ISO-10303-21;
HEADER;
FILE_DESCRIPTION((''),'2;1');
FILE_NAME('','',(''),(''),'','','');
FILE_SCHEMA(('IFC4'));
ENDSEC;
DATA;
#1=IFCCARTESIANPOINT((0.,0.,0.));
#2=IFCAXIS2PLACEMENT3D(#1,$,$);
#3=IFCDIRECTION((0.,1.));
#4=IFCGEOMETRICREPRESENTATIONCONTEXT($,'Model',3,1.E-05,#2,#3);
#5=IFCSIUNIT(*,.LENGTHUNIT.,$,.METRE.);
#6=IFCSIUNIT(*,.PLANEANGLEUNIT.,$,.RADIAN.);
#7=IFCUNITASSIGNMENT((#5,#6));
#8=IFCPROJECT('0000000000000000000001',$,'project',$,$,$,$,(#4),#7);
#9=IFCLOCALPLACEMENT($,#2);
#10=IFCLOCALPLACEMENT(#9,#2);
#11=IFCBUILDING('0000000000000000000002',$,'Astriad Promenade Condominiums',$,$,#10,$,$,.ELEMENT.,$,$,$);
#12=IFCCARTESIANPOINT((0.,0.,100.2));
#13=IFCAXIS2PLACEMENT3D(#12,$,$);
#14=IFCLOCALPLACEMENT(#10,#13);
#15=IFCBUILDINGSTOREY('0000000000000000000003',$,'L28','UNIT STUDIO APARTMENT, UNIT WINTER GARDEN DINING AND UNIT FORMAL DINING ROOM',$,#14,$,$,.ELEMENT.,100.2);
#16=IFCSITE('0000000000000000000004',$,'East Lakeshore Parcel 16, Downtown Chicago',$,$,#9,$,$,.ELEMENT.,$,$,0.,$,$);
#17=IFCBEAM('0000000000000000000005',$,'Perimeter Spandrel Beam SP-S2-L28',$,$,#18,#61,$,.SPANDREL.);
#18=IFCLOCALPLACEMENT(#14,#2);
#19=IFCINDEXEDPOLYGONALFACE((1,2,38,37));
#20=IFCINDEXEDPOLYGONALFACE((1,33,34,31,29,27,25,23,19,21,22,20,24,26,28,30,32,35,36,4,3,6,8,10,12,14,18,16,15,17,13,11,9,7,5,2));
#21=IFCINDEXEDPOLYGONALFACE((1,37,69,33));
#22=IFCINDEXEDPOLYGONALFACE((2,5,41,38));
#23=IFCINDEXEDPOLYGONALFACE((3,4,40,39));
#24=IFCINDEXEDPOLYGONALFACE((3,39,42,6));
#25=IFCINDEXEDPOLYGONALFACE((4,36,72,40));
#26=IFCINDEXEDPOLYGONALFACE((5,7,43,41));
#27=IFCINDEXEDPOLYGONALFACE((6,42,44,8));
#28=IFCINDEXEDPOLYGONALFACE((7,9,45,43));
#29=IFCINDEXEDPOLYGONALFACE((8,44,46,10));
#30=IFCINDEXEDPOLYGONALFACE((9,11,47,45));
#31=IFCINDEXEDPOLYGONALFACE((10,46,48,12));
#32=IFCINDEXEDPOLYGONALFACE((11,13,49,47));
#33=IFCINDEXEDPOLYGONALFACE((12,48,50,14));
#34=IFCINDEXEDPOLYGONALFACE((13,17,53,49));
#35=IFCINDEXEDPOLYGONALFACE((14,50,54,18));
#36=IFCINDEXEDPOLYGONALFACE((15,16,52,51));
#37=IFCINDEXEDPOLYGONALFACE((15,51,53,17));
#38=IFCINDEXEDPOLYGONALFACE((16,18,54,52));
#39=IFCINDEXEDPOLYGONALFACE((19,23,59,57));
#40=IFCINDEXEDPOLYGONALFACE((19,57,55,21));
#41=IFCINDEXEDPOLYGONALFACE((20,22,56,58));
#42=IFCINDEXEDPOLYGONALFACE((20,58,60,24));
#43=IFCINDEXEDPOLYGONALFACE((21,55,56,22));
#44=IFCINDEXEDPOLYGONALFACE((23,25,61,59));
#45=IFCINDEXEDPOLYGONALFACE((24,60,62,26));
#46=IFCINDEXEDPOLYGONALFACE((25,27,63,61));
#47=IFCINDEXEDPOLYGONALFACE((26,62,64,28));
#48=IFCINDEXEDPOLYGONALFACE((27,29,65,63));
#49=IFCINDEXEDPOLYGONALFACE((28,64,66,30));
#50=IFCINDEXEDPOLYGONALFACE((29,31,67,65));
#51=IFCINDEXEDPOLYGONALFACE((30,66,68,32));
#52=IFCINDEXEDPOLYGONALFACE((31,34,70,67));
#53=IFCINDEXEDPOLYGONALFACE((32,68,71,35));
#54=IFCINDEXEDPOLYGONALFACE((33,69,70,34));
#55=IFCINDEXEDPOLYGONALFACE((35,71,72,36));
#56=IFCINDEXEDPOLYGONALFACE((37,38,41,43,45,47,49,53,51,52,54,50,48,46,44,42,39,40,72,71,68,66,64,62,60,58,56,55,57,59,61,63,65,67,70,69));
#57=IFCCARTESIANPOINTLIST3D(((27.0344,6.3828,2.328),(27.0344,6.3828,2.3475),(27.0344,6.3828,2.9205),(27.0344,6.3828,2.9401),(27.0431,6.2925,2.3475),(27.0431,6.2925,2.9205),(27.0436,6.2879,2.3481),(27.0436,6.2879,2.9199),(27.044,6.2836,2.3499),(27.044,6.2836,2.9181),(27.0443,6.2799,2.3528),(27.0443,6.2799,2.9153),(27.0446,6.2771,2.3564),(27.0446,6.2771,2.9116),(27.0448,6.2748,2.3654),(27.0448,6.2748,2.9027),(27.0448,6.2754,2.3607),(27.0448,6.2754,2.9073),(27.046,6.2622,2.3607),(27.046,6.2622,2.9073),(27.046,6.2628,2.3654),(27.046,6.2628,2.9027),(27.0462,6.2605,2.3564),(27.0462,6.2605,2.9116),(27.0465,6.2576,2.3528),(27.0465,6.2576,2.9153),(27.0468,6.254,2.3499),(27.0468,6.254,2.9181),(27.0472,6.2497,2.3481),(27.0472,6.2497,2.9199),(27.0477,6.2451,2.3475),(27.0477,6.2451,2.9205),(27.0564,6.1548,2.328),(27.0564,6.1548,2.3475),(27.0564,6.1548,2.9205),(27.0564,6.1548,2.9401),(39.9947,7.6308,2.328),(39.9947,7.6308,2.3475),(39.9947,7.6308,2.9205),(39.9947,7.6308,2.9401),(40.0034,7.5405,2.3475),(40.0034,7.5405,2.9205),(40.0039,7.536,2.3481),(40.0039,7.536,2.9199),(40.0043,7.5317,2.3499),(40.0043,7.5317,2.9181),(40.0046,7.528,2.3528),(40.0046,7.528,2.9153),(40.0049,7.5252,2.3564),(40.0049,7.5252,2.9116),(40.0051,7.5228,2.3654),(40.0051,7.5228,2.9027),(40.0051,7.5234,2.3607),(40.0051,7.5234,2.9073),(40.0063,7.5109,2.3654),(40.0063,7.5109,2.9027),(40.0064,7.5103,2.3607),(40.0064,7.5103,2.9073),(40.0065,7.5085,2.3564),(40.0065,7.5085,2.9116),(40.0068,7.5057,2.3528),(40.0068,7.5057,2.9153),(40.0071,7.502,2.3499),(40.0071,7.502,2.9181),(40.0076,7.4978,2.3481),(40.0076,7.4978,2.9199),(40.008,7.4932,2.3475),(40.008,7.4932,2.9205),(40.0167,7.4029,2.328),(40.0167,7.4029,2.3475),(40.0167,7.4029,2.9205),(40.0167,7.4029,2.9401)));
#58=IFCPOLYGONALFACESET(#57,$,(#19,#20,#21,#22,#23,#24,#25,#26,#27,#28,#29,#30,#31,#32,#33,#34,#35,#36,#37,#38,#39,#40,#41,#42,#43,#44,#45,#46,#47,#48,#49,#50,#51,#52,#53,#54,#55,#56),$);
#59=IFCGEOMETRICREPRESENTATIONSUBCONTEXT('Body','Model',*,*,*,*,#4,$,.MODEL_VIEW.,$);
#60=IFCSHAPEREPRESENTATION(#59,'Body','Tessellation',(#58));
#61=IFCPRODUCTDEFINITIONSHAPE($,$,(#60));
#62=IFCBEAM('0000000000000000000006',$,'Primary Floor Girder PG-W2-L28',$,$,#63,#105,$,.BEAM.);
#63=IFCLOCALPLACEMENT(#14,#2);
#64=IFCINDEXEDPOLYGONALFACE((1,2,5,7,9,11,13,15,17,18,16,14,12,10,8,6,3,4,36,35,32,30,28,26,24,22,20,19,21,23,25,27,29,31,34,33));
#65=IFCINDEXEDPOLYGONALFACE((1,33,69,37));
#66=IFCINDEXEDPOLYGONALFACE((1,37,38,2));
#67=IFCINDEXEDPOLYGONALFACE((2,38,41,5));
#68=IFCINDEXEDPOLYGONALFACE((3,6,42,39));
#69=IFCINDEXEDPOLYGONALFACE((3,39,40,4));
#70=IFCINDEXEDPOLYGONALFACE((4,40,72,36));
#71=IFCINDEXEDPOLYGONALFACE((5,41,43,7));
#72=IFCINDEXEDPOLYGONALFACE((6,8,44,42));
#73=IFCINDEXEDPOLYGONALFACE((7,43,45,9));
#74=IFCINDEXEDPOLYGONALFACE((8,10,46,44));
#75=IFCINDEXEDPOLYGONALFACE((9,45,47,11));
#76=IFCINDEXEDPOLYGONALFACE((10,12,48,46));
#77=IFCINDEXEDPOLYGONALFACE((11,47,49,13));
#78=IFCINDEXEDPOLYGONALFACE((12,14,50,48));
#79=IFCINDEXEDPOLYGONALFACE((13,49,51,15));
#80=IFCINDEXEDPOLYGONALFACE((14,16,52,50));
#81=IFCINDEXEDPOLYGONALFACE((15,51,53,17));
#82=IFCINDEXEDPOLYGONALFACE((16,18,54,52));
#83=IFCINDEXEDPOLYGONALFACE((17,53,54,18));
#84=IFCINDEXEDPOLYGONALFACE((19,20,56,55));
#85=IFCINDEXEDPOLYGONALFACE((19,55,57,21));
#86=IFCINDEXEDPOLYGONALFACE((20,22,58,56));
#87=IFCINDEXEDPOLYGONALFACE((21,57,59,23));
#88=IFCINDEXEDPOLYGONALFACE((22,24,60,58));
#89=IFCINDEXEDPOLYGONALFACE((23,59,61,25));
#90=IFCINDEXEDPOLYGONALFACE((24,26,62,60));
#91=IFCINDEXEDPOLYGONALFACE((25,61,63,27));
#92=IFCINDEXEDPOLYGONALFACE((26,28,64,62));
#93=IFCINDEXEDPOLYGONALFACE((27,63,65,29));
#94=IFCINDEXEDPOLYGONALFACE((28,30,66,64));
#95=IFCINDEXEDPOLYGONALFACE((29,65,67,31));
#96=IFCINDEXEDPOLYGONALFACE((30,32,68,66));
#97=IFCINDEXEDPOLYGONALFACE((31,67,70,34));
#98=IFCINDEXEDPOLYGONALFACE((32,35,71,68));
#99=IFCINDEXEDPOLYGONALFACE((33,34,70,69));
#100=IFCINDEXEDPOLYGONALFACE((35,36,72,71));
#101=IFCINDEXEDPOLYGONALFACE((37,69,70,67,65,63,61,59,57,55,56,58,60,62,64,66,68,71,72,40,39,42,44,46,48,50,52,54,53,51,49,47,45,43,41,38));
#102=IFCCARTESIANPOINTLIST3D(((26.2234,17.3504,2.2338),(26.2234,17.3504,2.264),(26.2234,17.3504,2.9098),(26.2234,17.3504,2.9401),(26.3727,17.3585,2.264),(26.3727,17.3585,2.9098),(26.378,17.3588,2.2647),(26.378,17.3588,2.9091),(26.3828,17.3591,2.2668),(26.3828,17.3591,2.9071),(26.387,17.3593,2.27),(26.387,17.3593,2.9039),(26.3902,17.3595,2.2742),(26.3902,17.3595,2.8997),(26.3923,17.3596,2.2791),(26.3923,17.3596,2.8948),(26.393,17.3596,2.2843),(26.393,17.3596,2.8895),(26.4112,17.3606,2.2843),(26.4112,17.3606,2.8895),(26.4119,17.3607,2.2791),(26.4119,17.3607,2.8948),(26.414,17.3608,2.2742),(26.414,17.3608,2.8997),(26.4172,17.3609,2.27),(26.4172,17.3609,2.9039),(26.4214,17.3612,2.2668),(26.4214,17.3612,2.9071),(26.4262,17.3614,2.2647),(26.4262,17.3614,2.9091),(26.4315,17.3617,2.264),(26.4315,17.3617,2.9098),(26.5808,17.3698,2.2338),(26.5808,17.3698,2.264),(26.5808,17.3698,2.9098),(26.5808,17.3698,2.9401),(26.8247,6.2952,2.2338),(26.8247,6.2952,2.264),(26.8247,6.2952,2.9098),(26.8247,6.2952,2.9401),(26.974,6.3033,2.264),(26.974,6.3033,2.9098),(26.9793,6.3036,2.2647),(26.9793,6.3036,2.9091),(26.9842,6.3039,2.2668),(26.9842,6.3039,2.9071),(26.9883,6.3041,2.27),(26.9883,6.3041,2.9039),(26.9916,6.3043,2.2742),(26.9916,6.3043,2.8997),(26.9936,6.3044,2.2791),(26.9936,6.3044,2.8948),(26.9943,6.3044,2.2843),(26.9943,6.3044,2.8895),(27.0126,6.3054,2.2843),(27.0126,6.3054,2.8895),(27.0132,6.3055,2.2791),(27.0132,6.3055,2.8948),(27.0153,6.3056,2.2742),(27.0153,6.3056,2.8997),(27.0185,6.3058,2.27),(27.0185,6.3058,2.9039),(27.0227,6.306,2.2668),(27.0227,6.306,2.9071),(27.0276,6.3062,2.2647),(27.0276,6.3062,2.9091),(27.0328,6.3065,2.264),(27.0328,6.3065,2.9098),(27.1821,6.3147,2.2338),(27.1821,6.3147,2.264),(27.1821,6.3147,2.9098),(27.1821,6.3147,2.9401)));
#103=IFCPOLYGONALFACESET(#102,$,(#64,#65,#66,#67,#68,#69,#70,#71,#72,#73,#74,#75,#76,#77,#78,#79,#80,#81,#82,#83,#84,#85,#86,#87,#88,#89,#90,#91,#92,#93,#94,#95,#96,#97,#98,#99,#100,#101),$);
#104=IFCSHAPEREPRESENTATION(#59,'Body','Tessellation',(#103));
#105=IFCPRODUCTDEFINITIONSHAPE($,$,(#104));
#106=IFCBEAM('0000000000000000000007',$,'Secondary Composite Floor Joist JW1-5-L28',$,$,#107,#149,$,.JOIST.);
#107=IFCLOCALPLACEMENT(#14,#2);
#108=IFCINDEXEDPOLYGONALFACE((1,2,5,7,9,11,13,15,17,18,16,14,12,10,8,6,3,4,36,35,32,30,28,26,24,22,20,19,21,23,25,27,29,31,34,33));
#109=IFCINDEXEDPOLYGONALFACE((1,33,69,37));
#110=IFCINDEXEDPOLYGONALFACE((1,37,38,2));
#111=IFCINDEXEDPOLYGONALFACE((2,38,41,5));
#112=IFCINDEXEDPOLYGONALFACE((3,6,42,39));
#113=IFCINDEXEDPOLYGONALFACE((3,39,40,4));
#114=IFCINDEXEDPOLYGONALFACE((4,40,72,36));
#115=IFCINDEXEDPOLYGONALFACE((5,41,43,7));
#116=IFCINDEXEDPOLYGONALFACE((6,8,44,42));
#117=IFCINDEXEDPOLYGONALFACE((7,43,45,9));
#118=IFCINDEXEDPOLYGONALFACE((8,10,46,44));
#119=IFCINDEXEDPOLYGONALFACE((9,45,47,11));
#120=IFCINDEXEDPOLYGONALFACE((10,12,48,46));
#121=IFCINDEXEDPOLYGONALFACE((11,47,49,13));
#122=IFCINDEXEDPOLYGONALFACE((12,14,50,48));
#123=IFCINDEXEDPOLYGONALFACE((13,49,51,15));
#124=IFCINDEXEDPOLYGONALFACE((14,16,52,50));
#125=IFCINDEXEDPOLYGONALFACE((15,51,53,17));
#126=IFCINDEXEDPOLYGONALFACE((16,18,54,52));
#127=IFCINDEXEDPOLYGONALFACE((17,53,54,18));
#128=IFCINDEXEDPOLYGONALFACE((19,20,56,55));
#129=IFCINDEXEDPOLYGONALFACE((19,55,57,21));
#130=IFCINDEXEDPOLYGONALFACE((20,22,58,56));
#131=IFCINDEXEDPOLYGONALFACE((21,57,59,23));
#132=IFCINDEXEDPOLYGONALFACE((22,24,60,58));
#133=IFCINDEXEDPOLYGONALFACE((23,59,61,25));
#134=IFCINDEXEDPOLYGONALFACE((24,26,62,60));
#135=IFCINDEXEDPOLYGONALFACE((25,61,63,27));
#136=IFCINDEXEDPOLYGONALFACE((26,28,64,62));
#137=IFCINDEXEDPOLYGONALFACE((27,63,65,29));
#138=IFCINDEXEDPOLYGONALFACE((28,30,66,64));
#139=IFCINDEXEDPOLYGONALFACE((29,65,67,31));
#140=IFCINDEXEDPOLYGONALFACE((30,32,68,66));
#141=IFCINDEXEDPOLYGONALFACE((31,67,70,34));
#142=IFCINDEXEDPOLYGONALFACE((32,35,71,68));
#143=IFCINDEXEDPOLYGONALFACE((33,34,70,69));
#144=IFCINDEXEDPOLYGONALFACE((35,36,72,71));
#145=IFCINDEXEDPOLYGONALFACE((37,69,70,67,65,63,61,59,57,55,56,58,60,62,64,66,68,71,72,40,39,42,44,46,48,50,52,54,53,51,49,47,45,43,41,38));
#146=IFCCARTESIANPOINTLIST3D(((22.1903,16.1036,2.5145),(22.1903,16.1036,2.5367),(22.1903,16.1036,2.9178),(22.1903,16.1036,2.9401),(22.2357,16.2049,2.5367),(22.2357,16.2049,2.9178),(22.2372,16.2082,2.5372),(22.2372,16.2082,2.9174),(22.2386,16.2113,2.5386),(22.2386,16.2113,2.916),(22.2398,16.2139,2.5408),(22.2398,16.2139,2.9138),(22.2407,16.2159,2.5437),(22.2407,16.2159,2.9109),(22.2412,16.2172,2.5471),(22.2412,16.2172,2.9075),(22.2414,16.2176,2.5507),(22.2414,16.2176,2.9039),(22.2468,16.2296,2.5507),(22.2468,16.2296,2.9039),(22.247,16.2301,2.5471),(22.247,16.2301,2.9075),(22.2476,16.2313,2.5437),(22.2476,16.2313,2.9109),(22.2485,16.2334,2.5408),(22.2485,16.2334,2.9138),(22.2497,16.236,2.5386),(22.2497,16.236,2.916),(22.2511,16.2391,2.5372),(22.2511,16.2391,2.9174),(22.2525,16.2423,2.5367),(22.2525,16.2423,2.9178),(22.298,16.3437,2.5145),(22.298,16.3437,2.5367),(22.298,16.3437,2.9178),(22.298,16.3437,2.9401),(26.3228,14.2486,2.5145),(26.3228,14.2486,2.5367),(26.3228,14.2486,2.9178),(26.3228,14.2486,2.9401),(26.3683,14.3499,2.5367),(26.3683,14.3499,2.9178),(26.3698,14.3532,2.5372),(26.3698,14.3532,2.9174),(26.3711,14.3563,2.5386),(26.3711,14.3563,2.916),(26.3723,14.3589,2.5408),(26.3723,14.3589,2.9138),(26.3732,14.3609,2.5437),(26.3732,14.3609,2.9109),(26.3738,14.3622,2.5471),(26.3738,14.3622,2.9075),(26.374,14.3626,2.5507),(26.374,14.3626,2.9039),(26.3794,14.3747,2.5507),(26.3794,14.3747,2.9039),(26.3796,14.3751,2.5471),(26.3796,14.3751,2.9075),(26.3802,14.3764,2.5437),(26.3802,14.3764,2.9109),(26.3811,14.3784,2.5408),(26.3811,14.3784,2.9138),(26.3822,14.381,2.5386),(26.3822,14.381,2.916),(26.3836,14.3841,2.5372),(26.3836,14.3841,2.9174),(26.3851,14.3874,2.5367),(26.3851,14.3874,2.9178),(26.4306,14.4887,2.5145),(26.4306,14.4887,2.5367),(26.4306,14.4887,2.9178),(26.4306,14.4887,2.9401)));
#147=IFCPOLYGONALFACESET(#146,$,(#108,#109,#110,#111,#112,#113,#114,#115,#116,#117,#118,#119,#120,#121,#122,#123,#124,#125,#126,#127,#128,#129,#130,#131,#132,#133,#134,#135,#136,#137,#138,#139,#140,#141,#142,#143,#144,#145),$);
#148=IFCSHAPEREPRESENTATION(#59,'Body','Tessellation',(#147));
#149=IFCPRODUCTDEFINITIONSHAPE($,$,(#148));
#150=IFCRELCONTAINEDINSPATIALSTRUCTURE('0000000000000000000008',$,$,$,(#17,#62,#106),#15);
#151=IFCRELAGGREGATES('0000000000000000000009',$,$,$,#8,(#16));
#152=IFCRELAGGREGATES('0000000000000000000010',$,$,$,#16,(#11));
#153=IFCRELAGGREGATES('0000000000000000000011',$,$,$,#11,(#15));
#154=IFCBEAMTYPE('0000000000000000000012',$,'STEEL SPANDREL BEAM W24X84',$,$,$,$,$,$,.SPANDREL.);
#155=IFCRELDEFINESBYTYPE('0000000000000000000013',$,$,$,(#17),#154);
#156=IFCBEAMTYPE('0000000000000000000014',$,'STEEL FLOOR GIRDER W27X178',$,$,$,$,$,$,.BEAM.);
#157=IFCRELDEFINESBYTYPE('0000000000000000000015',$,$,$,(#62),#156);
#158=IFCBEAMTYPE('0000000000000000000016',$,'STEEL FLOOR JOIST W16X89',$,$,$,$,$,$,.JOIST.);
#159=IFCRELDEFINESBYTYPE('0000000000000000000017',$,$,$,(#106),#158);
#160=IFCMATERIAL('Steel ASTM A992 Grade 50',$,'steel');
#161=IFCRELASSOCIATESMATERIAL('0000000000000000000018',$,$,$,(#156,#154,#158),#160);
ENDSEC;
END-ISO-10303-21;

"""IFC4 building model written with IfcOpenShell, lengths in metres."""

from ifc_helpers import new_model, si_unit, direction, frame, origin, origin_2d, place, context, subcontext, project, spatial, i_section, extrude, source, transform, mapped, material, material_profile, profile_set, type_object, type_shapes, element, save


model = new_model("IFC4")

# Units and contexts
model_context = context("Model", 3, precision=1e-05, world=origin(), true_north=direction((0.0, 1.0)))
body_context = subcontext(model_context, "Body", "Model", "MODEL_VIEW")
ifc_project = project(units=[si_unit("LENGTHUNIT", "METRE"), si_unit("PLANEANGLEUNIT", "RADIAN")], contexts=[model_context])

# Site, building, storey
site_placement = place(None, origin())
site = spatial("IfcSite", under=ifc_project, at=site_placement, Name="East Lakeshore Parcel 16, Downtown Chicago", CompositionType="ELEMENT", RefElevation=0.0)
building_placement = place(site_placement, origin())
building = spatial("IfcBuilding", under=site, at=building_placement, Name="Astriad Promenade Condominiums", CompositionType="ELEMENT")
storey_placement = place(building_placement, frame((0.0, 0.0, 100.2)))
storey = spatial("IfcBuildingStorey", under=building, at=storey_placement, Name="L28", Description="UNIT STUDIO APARTMENT, UNIT WINTER GARDEN DINING AND UNIT FORMAL DINING ROOM", CompositionType="ELEMENT", Elevation=100.2)

# Shared definitions
ifc_material_1 = material(Name="Steel ASTM A992 Grade 50", Category="steel")

# Beams
ifc_material_profile_1 = material_profile(ifc_material_1, i_section(OverallWidth=0.3579, OverallDepth=0.7063, WebThickness=0.0183, FlangeThickness=0.0303, FilletRadius=0.0203, at=origin_2d()), Name="W27X178")
ifc_profile_set_1 = profile_set([ifc_material_profile_1], Name="Steel ASTM A992 Grade 50")
beam_type_1 = type_object("IfcBeamType", Name="STEEL FLOOR GIRDER W27X178", PredefinedType="BEAM", material=ifc_profile_set_1)
ifc_material_profile_2 = material_profile(ifc_material_1, i_section(OverallWidth=0.229, OverallDepth=0.6121, WebThickness=0.012, FlangeThickness=0.0195, FilletRadius=0.0178, at=origin_2d()), Name="W24X84")
ifc_profile_set_2 = profile_set([ifc_material_profile_2], Name="Steel ASTM A992 Grade 50")
beam_type_2 = type_object("IfcBeamType", Name="STEEL SPANDREL BEAM W24X84", PredefinedType="SPANDREL", material=ifc_profile_set_2)
shared_shape_1 = source(origin(), body_context, "Body", "SweptSolid", [
    extrude(i_section(OverallWidth=0.229, OverallDepth=0.6121, WebThickness=0.012, FlangeThickness=0.0195, FilletRadius=0.0178, at=origin_2d()), origin(), (0.0, 0.0, 1.0), 13.0203),
])
type_shapes(beam_type_2, [shared_shape_1])
beam_1_placement = place(storey_placement, frame((27.0454, 6.2688, 2.634), z_axis=(0.995395, 0.095855, 0.0), x_axis=(-0.095855, 0.995395, 0.0)))
element("IfcBeam", 1, at=beam_1_placement, inside=storey, type_object=beam_type_2, Name="Perimeter Spandrel Beam SP-S2-L28", PredefinedType="SPANDREL", context=body_context, shape_type="MappedRepresentation", body=[
    mapped(shared_shape_1, transform((0.0, 0.0, 0.0), scale=1.0)),
])
shared_shape_2 = source(origin(), body_context, "Body", "SweptSolid", [
    extrude(i_section(OverallWidth=0.3579, OverallDepth=0.7063, WebThickness=0.0183, FlangeThickness=0.0303, FilletRadius=0.0203, at=origin_2d()), origin(), (0.0, 0.0, 1.0), 11.0715),
])
beam_2_placement = place(storey_placement, frame((27.0034, 6.3049, 2.5869), z_axis=(-0.054312, 0.998524, 0.0), x_axis=(-0.998524, -0.054312, 0.0)))
element("IfcBeam", 2, at=beam_2_placement, inside=storey, type_object=beam_type_1, Name="Primary Floor Girder PG-W2-L28", PredefinedType="BEAM", context=body_context, shape_type="MappedRepresentation", body=[
    mapped(shared_shape_2, transform((0.0, 0.0, 0.0), scale=1.0)),
])
ifc_material_profile_3 = material_profile(ifc_material_1, i_section(OverallWidth=0.2632, OverallDepth=0.4255, WebThickness=0.0132, FlangeThickness=0.0222, FilletRadius=0.0139, at=origin_2d()), Name="W16X89")
ifc_profile_set_3 = profile_set([ifc_material_profile_3], Name="Steel ASTM A992 Grade 50")
beam_type_3 = type_object("IfcBeamType", Name="STEEL FLOOR JOIST W16X89", PredefinedType="JOIST", material=ifc_profile_set_3)
shared_shape_3 = source(origin(), body_context, "Body", "SweptSolid", [
    extrude(i_section(OverallWidth=0.2632, OverallDepth=0.4255, WebThickness=0.0132, FlangeThickness=0.0222, FilletRadius=0.0139, at=origin_2d()), origin(), (0.0, 0.0, 1.0), 4.5298),
])
beam_3_placement = place(storey_placement, frame((22.2441, 16.2236, 2.7273), z_axis=(0.912307, -0.409506, 0.0), x_axis=(0.409506, 0.912307, 0.0)))
element("IfcBeam", 3, at=beam_3_placement, inside=storey, type_object=beam_type_3, Name="Secondary Composite Floor Joist JW1-5-L28", PredefinedType="JOIST", context=body_context, shape_type="MappedRepresentation", body=[
    mapped(shared_shape_3, transform((0.0, 0.0, 0.0), scale=1.0)),
])

save(model, "model.ifc")
